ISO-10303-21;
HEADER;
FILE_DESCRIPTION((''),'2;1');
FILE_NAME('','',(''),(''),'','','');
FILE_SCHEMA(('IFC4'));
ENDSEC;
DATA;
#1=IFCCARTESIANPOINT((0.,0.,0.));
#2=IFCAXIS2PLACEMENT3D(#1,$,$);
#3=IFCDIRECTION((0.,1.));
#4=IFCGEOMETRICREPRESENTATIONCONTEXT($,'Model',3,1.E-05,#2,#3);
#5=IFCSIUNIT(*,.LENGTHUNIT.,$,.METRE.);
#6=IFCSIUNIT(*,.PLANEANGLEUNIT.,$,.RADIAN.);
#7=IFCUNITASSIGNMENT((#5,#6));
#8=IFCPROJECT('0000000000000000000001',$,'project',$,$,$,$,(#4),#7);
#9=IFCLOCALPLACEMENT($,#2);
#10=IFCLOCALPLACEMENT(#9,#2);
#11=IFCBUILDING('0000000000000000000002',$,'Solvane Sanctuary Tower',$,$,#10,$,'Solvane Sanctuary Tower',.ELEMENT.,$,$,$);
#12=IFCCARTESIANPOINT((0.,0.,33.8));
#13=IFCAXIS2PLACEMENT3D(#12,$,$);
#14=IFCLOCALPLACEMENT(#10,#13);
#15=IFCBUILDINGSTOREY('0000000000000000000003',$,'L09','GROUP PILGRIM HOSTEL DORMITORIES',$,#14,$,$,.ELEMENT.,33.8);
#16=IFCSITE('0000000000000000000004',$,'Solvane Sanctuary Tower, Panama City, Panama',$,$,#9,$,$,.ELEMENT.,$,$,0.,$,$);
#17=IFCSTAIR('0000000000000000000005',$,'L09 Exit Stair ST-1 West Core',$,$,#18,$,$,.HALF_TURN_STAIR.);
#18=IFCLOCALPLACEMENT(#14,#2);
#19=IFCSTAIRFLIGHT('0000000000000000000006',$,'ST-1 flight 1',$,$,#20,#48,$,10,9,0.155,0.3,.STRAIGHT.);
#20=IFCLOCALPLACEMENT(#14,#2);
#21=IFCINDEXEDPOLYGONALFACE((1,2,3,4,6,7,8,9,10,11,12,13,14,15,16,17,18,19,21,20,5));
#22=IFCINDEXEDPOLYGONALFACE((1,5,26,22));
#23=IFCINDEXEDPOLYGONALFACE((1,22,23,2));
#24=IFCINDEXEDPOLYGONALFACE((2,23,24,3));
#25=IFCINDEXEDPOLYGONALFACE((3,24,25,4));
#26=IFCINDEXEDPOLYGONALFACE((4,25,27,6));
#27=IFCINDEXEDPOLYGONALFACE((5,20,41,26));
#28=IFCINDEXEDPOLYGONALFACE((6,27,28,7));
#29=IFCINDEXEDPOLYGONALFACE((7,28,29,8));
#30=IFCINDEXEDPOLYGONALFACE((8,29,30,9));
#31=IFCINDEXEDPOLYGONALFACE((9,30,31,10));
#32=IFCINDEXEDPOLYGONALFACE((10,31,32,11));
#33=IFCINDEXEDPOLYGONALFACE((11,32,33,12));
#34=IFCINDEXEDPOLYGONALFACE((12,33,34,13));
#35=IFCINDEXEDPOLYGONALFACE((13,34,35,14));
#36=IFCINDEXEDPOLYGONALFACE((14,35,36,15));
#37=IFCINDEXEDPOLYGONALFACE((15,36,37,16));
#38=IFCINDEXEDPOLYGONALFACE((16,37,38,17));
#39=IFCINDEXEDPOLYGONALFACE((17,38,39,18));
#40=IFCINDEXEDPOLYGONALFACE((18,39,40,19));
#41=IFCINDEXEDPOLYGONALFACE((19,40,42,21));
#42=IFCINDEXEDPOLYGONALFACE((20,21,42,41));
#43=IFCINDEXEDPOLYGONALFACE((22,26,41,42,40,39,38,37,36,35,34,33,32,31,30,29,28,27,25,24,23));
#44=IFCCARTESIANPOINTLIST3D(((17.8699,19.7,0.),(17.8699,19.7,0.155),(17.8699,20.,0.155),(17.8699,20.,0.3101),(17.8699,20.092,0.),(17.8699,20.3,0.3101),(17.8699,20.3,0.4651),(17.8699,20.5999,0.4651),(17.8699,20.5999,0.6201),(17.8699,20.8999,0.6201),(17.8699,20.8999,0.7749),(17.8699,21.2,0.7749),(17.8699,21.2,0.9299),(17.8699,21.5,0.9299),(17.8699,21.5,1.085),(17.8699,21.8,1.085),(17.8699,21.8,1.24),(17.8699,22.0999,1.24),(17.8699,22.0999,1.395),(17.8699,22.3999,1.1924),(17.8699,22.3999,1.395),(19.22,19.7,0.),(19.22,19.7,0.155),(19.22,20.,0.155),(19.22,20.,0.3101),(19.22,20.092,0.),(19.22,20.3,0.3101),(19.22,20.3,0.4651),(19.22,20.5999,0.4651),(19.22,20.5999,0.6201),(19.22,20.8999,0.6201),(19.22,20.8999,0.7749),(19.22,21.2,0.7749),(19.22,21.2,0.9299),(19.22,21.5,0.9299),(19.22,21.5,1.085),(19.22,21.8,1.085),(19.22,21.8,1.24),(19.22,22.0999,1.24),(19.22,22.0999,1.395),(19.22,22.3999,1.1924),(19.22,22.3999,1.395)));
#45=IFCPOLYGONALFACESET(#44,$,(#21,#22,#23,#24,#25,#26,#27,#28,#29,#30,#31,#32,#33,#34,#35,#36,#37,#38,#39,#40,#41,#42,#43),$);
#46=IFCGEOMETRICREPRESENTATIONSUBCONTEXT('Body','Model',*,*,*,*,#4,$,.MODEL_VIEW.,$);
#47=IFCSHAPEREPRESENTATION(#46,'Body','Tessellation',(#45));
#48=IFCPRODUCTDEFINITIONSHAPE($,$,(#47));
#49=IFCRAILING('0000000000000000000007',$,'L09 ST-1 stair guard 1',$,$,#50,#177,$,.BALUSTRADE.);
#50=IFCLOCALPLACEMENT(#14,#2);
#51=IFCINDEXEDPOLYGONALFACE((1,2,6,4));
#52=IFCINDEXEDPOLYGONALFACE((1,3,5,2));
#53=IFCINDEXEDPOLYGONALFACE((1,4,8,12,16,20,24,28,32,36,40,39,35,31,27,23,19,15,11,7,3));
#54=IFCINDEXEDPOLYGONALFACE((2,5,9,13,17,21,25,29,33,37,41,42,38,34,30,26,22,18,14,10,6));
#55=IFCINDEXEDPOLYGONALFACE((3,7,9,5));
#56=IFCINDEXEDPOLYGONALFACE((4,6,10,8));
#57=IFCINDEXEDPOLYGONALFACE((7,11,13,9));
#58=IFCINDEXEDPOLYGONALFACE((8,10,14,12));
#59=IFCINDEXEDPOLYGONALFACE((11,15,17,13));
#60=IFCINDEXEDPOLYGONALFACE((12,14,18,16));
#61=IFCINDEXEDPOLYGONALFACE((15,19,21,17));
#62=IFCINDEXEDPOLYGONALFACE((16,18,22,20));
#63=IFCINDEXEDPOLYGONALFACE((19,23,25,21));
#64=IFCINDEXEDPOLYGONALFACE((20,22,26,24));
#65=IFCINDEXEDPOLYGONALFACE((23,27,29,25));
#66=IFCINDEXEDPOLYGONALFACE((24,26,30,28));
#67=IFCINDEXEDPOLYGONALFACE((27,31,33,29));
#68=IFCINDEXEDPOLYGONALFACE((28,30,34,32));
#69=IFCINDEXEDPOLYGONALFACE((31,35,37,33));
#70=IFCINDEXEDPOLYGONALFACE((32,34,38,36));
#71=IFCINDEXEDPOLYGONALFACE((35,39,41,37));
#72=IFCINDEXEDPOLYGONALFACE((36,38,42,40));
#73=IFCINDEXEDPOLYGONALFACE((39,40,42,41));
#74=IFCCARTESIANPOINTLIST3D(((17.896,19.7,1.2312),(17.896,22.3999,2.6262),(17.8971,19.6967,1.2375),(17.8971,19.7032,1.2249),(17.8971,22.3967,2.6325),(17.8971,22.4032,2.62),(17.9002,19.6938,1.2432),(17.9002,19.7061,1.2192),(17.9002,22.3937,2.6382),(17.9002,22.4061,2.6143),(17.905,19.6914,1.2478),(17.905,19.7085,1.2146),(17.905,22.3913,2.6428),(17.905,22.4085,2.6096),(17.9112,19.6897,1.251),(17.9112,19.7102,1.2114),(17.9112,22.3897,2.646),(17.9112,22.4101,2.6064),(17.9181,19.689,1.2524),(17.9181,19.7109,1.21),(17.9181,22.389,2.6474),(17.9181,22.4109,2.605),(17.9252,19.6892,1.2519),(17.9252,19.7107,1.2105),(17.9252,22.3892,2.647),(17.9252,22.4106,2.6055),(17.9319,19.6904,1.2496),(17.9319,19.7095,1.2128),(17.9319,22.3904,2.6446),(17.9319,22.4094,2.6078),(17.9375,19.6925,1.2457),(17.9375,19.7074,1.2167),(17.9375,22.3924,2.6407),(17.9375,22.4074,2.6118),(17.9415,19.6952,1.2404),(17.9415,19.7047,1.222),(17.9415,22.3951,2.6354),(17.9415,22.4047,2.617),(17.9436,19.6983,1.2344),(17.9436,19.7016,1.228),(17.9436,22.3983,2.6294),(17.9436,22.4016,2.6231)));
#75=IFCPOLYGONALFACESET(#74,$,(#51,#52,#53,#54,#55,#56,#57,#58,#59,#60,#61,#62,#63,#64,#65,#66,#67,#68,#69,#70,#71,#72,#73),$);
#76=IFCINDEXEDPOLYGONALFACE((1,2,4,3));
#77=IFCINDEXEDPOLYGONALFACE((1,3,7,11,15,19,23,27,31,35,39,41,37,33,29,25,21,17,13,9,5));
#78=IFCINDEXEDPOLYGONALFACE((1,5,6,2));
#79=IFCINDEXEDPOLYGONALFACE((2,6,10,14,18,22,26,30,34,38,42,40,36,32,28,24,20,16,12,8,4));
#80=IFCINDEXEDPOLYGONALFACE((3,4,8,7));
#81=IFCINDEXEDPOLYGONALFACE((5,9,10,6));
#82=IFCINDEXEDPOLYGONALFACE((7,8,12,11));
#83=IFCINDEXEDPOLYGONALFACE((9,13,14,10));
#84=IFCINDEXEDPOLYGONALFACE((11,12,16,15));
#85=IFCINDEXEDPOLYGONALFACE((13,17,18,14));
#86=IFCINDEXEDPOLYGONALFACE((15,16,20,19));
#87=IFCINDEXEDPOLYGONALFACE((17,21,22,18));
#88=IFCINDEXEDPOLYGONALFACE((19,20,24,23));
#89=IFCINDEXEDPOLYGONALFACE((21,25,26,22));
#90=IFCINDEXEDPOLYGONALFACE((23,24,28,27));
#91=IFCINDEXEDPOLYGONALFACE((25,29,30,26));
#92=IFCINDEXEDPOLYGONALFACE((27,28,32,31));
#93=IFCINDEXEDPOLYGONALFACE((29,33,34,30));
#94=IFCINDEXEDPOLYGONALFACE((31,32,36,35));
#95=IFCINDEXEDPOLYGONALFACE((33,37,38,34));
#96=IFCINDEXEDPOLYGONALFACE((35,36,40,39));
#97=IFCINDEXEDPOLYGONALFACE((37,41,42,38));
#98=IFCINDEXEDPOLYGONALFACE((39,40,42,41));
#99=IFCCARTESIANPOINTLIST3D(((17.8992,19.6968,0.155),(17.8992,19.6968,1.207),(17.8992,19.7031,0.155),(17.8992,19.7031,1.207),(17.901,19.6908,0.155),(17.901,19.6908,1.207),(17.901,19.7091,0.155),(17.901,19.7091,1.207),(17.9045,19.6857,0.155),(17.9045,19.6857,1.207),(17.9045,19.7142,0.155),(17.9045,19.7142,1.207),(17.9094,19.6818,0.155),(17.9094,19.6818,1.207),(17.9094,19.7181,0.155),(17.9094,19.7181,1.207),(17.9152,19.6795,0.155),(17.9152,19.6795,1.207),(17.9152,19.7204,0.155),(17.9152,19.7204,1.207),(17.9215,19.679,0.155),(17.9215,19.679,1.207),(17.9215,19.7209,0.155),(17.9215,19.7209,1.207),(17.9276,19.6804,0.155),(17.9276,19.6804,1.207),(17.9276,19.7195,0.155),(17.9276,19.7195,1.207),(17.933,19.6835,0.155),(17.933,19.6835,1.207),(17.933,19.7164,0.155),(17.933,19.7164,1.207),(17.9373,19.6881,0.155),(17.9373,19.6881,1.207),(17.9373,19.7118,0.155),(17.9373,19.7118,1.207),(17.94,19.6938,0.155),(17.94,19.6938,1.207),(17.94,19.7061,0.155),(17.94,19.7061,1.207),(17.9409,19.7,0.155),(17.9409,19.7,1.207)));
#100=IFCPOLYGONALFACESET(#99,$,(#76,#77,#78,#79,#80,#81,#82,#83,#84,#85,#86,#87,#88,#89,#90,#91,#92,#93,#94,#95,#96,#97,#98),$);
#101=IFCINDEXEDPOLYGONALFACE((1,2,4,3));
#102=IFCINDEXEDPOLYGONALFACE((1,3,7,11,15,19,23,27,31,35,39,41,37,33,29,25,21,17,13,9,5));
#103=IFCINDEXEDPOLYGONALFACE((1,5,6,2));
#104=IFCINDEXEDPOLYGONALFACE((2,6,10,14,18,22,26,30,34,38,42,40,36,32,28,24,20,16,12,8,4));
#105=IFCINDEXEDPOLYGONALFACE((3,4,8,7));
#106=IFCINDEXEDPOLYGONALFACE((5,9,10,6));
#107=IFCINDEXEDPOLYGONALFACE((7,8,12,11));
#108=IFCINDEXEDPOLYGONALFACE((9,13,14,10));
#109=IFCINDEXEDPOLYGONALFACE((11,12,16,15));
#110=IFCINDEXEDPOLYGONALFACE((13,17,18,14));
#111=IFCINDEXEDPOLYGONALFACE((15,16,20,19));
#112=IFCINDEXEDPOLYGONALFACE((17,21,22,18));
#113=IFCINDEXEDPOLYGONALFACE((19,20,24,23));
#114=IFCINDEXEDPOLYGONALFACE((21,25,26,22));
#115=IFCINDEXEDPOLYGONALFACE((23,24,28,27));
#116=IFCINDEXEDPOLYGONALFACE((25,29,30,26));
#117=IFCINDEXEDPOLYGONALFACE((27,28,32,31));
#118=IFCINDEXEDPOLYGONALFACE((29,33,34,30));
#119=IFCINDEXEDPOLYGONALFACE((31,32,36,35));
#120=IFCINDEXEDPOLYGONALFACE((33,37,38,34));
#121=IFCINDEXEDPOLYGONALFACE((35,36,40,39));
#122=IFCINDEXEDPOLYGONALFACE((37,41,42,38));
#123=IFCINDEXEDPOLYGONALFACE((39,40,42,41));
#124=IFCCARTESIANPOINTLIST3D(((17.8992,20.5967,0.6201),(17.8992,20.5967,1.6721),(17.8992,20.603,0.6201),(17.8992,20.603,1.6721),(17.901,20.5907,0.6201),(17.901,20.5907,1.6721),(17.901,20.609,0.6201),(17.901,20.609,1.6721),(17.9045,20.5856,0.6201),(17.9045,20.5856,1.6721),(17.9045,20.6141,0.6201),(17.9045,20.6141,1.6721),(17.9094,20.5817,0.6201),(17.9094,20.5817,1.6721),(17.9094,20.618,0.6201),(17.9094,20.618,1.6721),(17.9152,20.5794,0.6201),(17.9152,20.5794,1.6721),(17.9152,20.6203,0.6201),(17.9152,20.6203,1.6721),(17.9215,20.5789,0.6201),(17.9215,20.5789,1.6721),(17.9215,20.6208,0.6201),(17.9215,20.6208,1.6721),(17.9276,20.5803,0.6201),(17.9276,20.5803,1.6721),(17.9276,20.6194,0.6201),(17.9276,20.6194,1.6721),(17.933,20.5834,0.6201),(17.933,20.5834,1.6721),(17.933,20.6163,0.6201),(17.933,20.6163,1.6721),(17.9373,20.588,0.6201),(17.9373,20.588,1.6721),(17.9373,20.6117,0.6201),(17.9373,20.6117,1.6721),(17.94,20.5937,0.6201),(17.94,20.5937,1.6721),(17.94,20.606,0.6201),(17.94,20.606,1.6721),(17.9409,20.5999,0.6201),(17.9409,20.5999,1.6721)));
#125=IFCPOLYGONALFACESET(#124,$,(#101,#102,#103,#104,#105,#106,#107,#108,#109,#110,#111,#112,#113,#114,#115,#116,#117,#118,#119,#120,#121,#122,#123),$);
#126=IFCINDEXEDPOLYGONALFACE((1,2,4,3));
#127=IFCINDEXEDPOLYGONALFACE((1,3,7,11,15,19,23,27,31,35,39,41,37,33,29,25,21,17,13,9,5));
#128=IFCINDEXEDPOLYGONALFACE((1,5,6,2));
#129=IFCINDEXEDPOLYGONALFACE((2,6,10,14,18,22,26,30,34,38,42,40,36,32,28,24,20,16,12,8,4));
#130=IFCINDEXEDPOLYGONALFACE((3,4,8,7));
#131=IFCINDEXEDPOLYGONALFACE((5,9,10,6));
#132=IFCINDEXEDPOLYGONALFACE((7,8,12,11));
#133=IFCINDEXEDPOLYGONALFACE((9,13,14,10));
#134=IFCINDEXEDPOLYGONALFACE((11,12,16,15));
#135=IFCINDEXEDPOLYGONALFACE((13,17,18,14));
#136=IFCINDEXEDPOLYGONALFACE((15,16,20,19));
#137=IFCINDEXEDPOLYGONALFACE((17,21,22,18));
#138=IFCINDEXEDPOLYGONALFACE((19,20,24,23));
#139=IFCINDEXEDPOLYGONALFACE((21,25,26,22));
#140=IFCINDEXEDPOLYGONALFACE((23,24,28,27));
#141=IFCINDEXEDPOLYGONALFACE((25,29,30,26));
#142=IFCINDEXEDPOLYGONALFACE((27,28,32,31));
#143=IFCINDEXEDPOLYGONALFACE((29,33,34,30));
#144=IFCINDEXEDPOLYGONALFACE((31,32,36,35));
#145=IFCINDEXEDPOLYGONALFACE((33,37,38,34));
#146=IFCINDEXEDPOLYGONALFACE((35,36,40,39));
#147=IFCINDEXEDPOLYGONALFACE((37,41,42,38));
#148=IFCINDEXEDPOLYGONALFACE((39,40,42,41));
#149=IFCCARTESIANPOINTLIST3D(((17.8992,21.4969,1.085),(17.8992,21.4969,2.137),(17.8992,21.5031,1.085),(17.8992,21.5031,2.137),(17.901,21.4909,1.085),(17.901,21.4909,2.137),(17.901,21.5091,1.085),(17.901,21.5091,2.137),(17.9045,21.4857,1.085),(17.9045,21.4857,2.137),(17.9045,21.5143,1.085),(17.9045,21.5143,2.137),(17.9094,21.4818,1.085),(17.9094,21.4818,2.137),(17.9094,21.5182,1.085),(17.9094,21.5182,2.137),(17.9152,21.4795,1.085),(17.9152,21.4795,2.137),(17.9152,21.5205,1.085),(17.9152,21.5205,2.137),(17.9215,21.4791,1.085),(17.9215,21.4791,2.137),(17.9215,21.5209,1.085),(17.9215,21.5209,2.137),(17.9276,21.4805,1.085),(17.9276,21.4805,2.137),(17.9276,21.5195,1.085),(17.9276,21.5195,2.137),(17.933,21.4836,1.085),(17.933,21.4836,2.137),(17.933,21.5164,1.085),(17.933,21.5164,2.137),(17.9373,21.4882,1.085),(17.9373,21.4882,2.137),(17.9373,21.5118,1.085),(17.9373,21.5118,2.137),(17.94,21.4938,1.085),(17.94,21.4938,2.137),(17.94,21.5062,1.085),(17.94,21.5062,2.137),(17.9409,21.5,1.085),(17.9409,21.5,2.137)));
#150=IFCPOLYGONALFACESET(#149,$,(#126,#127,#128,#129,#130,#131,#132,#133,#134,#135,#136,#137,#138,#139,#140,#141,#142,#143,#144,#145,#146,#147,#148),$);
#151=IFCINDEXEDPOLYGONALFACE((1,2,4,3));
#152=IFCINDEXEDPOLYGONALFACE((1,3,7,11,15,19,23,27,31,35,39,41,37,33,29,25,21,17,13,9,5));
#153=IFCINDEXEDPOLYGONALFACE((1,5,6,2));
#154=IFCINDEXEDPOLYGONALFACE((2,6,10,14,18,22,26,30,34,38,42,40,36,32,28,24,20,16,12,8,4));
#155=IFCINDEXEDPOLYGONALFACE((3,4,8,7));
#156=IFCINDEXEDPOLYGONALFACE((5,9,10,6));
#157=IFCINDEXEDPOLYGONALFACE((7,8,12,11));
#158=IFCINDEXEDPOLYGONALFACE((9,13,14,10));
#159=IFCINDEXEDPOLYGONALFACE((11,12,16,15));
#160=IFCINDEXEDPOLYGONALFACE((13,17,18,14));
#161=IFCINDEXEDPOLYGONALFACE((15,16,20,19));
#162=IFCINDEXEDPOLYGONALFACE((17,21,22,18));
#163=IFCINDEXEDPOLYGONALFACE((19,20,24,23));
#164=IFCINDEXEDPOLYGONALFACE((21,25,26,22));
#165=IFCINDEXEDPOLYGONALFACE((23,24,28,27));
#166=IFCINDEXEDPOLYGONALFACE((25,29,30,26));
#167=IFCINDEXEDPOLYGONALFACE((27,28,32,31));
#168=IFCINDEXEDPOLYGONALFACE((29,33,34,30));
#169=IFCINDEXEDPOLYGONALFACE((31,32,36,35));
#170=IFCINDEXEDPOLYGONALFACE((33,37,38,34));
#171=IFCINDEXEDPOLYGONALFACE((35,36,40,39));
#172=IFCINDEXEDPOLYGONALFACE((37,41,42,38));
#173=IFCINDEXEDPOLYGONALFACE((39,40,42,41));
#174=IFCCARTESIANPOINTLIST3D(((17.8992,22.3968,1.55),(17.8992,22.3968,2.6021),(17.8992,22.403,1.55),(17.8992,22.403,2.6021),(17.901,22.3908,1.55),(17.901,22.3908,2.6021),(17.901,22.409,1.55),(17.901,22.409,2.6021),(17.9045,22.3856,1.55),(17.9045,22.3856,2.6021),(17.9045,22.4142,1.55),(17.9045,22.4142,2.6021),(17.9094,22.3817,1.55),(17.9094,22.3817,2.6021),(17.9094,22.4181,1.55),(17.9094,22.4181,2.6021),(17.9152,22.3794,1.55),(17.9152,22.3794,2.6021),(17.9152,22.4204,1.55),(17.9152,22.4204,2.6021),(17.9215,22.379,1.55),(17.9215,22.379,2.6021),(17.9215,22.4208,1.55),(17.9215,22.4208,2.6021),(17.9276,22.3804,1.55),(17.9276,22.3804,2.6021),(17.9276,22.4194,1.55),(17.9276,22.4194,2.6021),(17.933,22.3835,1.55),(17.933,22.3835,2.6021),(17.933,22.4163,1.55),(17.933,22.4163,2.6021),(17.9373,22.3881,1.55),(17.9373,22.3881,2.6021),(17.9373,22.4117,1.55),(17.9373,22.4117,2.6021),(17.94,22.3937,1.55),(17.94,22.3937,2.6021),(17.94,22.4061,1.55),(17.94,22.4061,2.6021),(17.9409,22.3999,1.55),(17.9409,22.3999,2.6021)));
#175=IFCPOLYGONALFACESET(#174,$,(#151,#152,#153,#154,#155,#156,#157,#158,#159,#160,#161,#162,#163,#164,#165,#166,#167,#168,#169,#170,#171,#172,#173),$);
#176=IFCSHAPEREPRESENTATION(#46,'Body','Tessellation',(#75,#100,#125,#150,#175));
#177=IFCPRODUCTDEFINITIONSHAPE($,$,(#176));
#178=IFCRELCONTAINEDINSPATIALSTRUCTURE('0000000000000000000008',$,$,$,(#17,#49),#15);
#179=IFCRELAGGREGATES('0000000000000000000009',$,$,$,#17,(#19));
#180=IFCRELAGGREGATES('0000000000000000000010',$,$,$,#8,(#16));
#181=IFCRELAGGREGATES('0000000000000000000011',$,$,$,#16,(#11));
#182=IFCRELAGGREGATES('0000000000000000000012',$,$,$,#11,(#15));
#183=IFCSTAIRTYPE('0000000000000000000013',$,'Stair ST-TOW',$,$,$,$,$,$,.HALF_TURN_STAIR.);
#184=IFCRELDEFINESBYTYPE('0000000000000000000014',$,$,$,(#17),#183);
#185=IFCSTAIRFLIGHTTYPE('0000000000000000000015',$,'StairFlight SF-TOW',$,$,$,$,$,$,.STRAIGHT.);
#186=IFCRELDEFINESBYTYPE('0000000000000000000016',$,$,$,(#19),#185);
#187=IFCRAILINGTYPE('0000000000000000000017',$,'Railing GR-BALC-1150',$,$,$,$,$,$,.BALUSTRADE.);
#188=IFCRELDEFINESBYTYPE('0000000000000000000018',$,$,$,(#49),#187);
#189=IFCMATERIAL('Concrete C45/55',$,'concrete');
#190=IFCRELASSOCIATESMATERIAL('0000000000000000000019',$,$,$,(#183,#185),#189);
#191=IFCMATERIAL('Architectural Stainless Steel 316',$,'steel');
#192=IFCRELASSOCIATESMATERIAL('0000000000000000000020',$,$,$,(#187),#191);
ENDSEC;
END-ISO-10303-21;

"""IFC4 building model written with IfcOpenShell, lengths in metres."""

from ifc_helpers import new_model, si_unit, direction, frame, origin, origin_2d, place, context, subcontext, project, spatial, polyline, circle, outline, extrude, material, type_object, element, aggregate, save


model = new_model("IFC4")

# Units and contexts
model_context = context("Model", 3, precision=1e-05, world=origin(), true_north=direction((0.0, 1.0)))
body_context = subcontext(model_context, "Body", "Model", "MODEL_VIEW")
ifc_project = project(units=[si_unit("LENGTHUNIT", "METRE"), si_unit("PLANEANGLEUNIT", "RADIAN")], contexts=[model_context])

# Site, building, storey
site_placement = place(None, origin())
site = spatial("IfcSite", under=ifc_project, at=site_placement, Name="Solvane Sanctuary Tower, Panama City, Panama", CompositionType="ELEMENT", RefElevation=0.0)
building_placement = place(site_placement, origin())
building = spatial("IfcBuilding", under=site, at=building_placement, Name="Solvane Sanctuary Tower", LongName="Solvane Sanctuary Tower", CompositionType="ELEMENT")
storey_placement = place(building_placement, frame((0.0, 0.0, 33.8)))
storey = spatial("IfcBuildingStorey", under=building, at=storey_placement, Name="L09", Description="GROUP PILGRIM HOSTEL DORMITORIES", CompositionType="ELEMENT", Elevation=33.8)

# Shared definitions
ifc_material_1 = material(Name="Architectural Stainless Steel 316", Category="steel")

# Stair, stair flight
ifc_material_2 = material(Name="Concrete C45/55", Category="concrete")
stair_type = type_object("IfcStairType", Name="Stair ST-TOW", PredefinedType="HALF_TURN_STAIR", material=ifc_material_2)
stair_placement = place(storey_placement, origin())
stair = element("IfcStair", 1, at=stair_placement, inside=storey, type_object=stair_type, Name="L09 Exit Stair ST-1 West Core", PredefinedType="HALF_TURN_STAIR")
stair_flight_type = type_object("IfcStairFlightType", Name="StairFlight SF-TOW", PredefinedType="STRAIGHT", material=ifc_material_2)
stair_flight_placement = place(storey_placement, frame((18.5449, 19.7, 0.0), z_axis=(0.0, 0.0, 1.0), x_axis=(0.0, 1.0, 0.0)))
stair_flight = element("IfcStairFlight", 2, at=stair_flight_placement, type_object=stair_flight_type, Name="ST-1 flight 1", NumberOfRisers=10, NumberOfTreads=9, PredefinedType="STRAIGHT", RiserHeight=0.155, TreadLength=0.3, context=body_context, shape_type="SweptSolid", body=[
    extrude(outline(polyline([(0.0, 0.0), (0.0, 0.155), (0.3, 0.155), (0.3, 0.3101), (0.6001, 0.3101), (0.6001, 0.4651), (0.8999, 0.4651), (0.8999, 0.6201), (1.2, 0.6201), (1.2, 0.7749), (1.5, 0.7749), (1.5, 0.9299), (1.8, 0.9299), (1.8, 1.085), (2.1001, 1.085), (2.1001, 1.24), (2.3999, 1.24), (2.3999, 1.395), (2.7, 1.395), (2.7, 1.55), (2.7, 1.1924), (0.3921, 0.0), (0.0, 0.0)])), frame((0.0, 0.675, 0.0), z_axis=(0.0, -1.0, 0.0), x_axis=(1.0, 0.0, 0.0)), (0.0, 0.0, 1.0), 1.3501),
])
aggregate(stair, [stair_flight])

# Railing
railing_type_1 = type_object("IfcRailingType", Name="Railing GR-BALC-1150", PredefinedType="BALUSTRADE", material=ifc_material_1)
railing_1_placement = place(storey_placement, frame((17.9199, 19.7, 0.155)))
element("IfcRailing", 3, at=railing_1_placement, inside=storey, type_object=railing_type_1, Name="L09 ST-1 stair guard 1", PredefinedType="BALUSTRADE", context=body_context, shape_type="SweptSolid", body=[
    extrude(circle(Radius=0.0239, at=origin_2d()), frame((0.0, 0.0, 1.0762), z_axis=(0.0, 0.88842, 0.459032), x_axis=(-1.0, 0.0, 0.0)), (0.0, 0.0, 1.0), 3.0391),
    extrude(circle(Radius=0.021, at=origin_2d()), origin(), (0.0, 0.0, 1.0), 1.052),
    extrude(circle(Radius=0.021, at=origin_2d()), frame((0.0, 0.8999, 0.4651)), (0.0, 0.0, 1.0), 1.052),
    extrude(circle(Radius=0.021, at=origin_2d()), frame((0.0, 1.8, 0.9299)), (0.0, 0.0, 1.0), 1.052),
    extrude(circle(Radius=0.021, at=origin_2d()), frame((0.0, 2.7, 1.395)), (0.0, 0.0, 1.0), 1.052),
])

save(model, "model.ifc")
